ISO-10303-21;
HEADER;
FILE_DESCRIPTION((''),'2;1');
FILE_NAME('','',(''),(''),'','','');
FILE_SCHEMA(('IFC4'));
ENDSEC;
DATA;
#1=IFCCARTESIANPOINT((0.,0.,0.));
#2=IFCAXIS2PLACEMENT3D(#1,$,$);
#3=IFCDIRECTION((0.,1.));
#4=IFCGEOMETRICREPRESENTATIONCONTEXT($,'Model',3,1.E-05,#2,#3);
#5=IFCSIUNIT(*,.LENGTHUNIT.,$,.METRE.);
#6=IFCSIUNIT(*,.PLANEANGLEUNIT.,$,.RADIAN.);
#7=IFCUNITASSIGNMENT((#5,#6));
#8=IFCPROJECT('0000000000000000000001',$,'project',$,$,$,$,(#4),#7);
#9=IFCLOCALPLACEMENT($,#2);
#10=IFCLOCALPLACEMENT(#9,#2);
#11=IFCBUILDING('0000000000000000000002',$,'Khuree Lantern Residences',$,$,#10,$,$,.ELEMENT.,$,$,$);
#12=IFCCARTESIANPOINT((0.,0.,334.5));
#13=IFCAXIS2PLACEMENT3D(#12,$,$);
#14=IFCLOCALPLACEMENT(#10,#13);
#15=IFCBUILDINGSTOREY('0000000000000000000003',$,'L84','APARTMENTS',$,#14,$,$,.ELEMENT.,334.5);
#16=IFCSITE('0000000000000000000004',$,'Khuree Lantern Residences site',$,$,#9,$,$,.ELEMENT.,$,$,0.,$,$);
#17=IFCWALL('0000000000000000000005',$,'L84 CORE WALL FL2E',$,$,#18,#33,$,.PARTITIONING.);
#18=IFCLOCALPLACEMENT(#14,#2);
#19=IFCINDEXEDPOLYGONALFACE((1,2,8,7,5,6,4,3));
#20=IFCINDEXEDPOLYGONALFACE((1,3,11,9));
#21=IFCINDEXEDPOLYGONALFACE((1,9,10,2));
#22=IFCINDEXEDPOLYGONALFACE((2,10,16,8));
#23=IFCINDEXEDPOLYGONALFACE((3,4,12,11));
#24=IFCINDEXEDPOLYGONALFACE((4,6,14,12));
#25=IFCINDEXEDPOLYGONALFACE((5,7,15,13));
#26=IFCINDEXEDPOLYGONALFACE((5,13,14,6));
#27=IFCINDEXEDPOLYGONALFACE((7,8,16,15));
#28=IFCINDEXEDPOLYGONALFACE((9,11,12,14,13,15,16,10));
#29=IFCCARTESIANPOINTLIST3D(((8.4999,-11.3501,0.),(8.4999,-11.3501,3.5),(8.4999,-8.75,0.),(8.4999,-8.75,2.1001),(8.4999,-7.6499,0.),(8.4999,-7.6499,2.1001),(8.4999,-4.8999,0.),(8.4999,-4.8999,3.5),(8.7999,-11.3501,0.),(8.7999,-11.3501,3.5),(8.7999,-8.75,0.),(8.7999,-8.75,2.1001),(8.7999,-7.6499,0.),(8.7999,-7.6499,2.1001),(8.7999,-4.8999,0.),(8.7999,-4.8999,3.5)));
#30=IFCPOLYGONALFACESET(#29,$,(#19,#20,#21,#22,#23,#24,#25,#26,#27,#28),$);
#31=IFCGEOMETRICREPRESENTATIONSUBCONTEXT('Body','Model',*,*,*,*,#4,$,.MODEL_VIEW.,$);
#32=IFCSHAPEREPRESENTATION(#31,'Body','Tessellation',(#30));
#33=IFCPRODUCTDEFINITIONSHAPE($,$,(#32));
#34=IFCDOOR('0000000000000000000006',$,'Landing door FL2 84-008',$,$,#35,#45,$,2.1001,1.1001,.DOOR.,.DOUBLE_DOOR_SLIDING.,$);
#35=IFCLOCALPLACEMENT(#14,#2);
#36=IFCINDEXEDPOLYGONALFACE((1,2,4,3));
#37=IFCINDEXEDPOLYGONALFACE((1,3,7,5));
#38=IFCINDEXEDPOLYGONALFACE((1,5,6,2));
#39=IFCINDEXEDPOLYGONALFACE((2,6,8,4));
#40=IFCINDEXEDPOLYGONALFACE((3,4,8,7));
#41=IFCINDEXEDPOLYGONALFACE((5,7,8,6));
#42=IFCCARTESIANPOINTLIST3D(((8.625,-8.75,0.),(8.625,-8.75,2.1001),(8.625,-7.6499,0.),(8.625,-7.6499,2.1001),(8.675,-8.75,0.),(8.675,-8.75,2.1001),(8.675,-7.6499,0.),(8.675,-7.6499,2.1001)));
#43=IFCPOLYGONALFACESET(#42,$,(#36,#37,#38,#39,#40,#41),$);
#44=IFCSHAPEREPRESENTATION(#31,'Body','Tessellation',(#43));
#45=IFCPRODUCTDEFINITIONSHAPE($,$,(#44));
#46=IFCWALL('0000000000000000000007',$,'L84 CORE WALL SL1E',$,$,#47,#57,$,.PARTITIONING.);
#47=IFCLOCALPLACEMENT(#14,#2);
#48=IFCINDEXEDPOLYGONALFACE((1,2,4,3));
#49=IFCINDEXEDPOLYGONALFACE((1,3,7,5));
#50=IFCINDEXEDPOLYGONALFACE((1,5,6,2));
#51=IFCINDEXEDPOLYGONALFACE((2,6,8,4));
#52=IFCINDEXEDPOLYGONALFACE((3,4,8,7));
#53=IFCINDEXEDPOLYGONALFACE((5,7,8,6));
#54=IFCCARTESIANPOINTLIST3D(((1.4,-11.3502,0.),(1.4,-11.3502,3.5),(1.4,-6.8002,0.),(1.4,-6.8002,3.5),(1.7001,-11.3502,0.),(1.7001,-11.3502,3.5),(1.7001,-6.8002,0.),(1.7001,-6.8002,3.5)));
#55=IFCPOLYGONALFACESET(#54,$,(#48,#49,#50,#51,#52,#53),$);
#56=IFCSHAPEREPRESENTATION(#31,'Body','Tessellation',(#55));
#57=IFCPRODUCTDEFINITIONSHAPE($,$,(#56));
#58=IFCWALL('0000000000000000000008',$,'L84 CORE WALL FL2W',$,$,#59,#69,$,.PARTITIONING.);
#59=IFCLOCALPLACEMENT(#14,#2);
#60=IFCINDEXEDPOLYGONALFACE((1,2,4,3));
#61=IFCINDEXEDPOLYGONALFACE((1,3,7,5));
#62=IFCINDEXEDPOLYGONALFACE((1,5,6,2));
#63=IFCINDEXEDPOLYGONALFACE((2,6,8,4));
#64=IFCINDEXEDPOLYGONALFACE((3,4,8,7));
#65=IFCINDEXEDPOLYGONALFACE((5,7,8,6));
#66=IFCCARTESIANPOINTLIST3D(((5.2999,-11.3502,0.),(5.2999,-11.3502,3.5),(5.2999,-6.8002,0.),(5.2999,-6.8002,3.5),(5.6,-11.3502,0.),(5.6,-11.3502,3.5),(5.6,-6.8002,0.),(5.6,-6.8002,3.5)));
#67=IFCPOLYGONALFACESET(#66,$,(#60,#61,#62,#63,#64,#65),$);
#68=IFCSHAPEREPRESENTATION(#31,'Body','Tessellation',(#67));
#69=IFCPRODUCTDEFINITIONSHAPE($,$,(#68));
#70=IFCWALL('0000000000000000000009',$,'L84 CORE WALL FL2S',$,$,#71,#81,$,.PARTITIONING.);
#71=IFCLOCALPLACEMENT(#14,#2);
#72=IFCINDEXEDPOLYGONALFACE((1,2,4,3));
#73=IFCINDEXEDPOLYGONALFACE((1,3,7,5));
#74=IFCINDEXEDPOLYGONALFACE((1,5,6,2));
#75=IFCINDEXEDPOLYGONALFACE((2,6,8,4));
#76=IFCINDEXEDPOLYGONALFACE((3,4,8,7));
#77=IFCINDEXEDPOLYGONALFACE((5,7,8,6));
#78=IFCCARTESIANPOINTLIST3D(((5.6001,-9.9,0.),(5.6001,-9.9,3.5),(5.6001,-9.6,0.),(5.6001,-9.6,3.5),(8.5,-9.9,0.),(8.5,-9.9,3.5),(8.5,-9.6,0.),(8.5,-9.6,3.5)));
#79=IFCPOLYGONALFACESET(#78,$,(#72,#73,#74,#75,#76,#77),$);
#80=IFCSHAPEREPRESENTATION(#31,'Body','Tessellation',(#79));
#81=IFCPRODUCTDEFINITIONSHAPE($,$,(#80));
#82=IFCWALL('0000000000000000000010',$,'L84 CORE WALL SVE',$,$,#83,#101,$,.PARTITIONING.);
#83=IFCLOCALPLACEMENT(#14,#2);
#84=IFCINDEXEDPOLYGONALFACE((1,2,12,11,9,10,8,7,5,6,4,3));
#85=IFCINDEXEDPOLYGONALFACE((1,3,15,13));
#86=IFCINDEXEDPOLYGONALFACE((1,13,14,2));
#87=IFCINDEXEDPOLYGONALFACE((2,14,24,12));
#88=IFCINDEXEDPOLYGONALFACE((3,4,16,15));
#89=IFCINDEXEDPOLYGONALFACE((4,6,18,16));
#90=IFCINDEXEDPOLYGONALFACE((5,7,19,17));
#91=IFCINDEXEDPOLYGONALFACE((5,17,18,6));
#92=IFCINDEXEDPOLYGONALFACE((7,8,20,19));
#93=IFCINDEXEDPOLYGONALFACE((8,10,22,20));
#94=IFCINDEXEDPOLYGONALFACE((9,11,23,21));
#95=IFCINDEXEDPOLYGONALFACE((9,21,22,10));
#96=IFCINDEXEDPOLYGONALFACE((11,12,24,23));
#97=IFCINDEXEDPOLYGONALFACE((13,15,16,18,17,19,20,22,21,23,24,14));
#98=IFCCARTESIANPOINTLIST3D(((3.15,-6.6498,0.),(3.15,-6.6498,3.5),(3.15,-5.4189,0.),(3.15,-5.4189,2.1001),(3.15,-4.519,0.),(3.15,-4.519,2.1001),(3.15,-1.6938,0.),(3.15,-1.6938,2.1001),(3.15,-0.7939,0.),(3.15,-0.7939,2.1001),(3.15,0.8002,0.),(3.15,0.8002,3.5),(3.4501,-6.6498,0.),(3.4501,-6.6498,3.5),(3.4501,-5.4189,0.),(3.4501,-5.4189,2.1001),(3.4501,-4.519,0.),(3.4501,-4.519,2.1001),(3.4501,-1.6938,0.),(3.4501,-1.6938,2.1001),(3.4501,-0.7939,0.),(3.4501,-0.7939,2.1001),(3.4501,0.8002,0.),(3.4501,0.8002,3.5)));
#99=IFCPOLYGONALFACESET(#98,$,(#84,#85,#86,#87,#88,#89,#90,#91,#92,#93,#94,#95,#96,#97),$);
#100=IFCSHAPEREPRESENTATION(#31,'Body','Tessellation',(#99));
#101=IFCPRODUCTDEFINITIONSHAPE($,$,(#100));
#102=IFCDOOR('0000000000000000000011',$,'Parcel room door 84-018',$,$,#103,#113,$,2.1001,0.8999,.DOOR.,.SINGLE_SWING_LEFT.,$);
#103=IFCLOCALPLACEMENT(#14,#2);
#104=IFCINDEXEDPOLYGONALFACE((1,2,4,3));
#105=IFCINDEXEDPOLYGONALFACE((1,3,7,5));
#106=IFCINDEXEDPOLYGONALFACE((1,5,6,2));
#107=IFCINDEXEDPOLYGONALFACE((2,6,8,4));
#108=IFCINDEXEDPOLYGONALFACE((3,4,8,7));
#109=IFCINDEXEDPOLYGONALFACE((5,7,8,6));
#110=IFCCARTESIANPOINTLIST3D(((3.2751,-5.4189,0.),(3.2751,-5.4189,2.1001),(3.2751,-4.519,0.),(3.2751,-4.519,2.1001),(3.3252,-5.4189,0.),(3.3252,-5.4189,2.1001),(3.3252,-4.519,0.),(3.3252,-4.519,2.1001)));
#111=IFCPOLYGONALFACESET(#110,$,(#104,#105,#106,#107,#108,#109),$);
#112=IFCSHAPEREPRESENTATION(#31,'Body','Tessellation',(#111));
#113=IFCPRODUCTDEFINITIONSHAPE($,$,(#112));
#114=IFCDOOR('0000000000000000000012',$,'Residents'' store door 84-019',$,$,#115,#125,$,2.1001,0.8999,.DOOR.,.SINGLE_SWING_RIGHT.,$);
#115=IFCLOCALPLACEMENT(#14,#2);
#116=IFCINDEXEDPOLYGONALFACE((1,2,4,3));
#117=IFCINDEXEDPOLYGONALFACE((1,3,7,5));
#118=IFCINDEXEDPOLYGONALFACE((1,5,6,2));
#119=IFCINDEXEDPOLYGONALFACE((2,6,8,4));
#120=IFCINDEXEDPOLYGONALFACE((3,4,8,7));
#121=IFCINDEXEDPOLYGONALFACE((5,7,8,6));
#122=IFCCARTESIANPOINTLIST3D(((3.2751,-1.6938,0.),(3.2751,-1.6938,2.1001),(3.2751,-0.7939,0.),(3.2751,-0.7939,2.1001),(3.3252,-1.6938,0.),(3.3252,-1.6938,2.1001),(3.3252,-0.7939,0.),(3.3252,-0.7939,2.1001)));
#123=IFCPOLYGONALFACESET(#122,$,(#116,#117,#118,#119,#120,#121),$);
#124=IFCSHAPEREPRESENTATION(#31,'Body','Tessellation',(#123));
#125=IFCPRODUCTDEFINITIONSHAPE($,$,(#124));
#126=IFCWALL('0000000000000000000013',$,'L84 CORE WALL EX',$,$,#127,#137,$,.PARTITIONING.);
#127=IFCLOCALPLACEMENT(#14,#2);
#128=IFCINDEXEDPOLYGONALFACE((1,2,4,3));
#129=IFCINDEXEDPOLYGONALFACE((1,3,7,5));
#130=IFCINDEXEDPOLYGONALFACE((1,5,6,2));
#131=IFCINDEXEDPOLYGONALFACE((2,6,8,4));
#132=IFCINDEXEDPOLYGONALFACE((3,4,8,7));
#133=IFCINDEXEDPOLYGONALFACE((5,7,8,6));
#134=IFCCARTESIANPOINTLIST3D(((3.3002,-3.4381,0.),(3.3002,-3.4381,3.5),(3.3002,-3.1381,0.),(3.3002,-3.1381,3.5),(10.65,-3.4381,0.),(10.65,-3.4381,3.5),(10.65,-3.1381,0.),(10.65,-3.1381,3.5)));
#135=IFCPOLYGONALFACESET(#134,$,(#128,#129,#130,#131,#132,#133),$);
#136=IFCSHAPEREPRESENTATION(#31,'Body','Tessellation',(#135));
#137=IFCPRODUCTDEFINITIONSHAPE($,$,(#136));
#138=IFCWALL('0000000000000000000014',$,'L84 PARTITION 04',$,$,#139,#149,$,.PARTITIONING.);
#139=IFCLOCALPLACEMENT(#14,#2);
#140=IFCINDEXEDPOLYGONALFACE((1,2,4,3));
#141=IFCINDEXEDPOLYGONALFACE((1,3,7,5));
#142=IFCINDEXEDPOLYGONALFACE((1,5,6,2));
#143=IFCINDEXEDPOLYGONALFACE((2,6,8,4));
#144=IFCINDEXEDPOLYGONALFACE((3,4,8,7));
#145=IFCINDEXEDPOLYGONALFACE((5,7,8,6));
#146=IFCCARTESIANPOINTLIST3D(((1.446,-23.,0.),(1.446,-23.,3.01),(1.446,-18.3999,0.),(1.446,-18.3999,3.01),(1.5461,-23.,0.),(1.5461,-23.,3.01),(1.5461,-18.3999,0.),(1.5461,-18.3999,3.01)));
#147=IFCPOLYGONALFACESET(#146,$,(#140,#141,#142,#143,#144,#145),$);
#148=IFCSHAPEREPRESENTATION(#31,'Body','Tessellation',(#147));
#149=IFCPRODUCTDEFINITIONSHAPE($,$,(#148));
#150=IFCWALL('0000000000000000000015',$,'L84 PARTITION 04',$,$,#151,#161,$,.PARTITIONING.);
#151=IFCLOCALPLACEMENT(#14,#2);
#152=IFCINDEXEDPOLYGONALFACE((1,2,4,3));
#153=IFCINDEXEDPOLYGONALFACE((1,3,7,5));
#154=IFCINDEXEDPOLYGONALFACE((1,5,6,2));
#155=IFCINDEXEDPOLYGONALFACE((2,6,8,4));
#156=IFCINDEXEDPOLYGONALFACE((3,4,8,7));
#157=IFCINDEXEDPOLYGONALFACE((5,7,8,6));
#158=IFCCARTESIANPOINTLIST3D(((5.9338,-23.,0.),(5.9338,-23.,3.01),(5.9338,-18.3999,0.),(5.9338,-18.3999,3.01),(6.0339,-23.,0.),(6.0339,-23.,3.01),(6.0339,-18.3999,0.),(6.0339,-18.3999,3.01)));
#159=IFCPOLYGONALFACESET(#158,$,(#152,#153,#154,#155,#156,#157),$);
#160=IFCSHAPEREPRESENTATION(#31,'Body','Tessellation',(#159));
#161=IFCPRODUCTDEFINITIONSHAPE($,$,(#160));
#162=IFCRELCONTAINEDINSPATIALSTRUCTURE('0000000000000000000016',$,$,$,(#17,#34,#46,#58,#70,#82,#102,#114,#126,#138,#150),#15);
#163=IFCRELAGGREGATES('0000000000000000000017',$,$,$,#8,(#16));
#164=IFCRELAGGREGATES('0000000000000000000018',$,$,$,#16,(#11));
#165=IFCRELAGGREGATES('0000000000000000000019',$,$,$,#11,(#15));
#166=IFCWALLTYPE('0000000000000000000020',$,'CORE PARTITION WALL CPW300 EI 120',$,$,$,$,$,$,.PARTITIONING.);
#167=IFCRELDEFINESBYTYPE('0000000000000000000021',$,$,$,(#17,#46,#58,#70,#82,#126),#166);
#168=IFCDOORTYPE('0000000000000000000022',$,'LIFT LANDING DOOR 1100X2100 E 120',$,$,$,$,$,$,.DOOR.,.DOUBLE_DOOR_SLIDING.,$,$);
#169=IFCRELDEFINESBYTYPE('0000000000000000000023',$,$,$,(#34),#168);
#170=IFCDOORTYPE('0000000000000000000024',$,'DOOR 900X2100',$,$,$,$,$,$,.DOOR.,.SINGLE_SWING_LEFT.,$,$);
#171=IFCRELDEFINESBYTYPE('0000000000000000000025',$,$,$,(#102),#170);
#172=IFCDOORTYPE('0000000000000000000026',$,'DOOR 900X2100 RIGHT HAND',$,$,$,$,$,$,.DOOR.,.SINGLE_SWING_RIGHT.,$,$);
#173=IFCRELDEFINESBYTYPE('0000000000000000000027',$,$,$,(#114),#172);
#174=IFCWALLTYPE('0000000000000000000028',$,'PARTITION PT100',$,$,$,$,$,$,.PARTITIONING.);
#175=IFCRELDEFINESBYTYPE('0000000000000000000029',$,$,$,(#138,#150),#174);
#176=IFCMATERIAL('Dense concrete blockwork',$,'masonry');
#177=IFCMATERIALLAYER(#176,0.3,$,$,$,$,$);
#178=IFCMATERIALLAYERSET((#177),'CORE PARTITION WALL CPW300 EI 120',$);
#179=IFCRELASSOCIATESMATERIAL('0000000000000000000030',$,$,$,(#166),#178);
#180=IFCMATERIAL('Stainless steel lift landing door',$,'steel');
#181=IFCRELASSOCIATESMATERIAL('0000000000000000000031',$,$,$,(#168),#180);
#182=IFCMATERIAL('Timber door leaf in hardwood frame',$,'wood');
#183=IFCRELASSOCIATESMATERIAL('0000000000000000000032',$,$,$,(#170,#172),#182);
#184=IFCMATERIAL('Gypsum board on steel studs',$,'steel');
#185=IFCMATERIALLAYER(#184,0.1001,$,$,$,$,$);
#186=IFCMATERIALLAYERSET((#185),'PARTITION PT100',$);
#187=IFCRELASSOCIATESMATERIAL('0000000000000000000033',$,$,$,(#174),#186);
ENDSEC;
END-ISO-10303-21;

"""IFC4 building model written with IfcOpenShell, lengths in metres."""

from ifc_helpers import new_model, si_unit, direction, frame, frame_2d, origin, place, context, subcontext, project, spatial, rectangle, extrude, material, layer, layer_set, type_object, element, fill, save


model = new_model("IFC4")

# Units and contexts
model_context = context("Model", 3, precision=1e-05, world=origin(), true_north=direction((0.0, 1.0)))
body_context = subcontext(model_context, "Body", "Model", "MODEL_VIEW")
ifc_project = project(units=[si_unit("LENGTHUNIT", "METRE"), si_unit("PLANEANGLEUNIT", "RADIAN")], contexts=[model_context])

# Site, building, storey
site_placement = place(None, origin())
site = spatial("IfcSite", under=ifc_project, at=site_placement, Name="Khuree Lantern Residences site", CompositionType="ELEMENT", RefElevation=0.0)
building_placement = place(site_placement, origin())
building = spatial("IfcBuilding", under=site, at=building_placement, Name="Khuree Lantern Residences", CompositionType="ELEMENT")
storey_placement = place(building_placement, frame((0.0, 0.0, 334.5)))
storey = spatial("IfcBuildingStorey", under=building, at=storey_placement, Name="L84", Description="APARTMENTS", CompositionType="ELEMENT", Elevation=334.5)

# Wall, opening, door
ifc_material_1 = material(Name="Dense concrete blockwork", Category="masonry")
ifc_layer_1 = layer(ifc_material_1, 0.3)
ifc_layer_set_1 = layer_set([ifc_layer_1], Name="CORE PARTITION WALL CPW300 EI 120")
wall_type_1 = type_object("IfcWallType", Name="CORE PARTITION WALL CPW300 EI 120", PredefinedType="PARTITIONING", material=ifc_layer_set_1)
wall_1_placement = place(storey_placement, frame((8.6499, -11.3501, 0.0), z_axis=(0.0, 0.0, 1.0), x_axis=(0.0, 1.0, 0.0)))
wall_1 = element("IfcWall", 1, at=wall_1_placement, inside=storey, type_object=wall_type_1, Name="L84 CORE WALL FL2E", PredefinedType="PARTITIONING", context=body_context, shape_type="SweptSolid", body=[
    extrude(rectangle(XDim=6.4502, YDim=0.3, at=frame_2d((3.2251, 0.0))), origin(), (0.0, 0.0, 1.0), 3.5),
])
opening_1_placement = place(wall_1_placement, frame((2.6001, 0.0, 0.0)))
opening_1 = element("IfcOpeningElement", 2, at=opening_1_placement, cuts=wall_1, PredefinedType="OPENING", context=body_context, shape_type="SweptSolid", body=[
    extrude(rectangle(XDim=1.1001, YDim=2.1001, at=frame_2d((0.55, 1.05))), frame((0.0, 0.1602, 0.0), z_axis=(0.0, -1.0, 0.0), x_axis=(1.0, 0.0, 0.0)), (0.0, 0.0, 1.0), 0.3201),
])
ifc_material_2 = material(Name="Stainless steel lift landing door", Category="steel")
door_type_1 = type_object("IfcDoorType", Name="LIFT LANDING DOOR 1100X2100 E 120", OperationType="DOUBLE_DOOR_SLIDING", PredefinedType="DOOR", material=ifc_material_2)
door_1_placement = place(opening_1_placement, origin())
door_1 = element("IfcDoor", 3, at=door_1_placement, inside=storey, type_object=door_type_1, Name="Landing door FL2 84-008", OperationType="DOUBLE_DOOR_SLIDING", OverallHeight=2.1001, OverallWidth=1.1001, PredefinedType="DOOR", context=body_context, shape_type="SweptSolid", body=[
    extrude(rectangle(XDim=1.1001, YDim=2.1001, at=frame_2d((0.55, 1.05))), frame((0.0, 0.0249, 0.0), z_axis=(0.0, -1.0, 0.0), x_axis=(1.0, 0.0, 0.0)), (0.0, 0.0, 1.0), 0.05),
])
fill(opening_1, door_1)

# Walls
for number, where, z_axis, x_axis, name in (
    (4, (1.55, -11.3501, 0.0), (0.0, 0.0, 1.0), (0.0, 1.0, 0.0), "L84 CORE WALL SL1E"),
    (5, (5.45, -11.3501, 0.0), (0.0, 0.0, 1.0), (0.0, 1.0, 0.0), "L84 CORE WALL FL2W"),
):
    element("IfcWall", number, at=place(storey_placement, frame(where, z_axis=z_axis, x_axis=x_axis)), inside=storey, type_object=wall_type_1, Name=name, PredefinedType="PARTITIONING", context=body_context, shape_type="SweptSolid", body=[
        extrude(rectangle(XDim=4.55, YDim=0.3, at=frame_2d((2.2749, 0.0))), origin(), (0.0, 0.0, 1.0), 3.5),
    ])
wall_2_placement = place(storey_placement, frame((5.6001, -9.75, 0.0), z_axis=(0.0, 0.0, 1.0), x_axis=(1.0, 0.0, 0.0)))
element("IfcWall", 6, at=wall_2_placement, inside=storey, type_object=wall_type_1, Name="L84 CORE WALL FL2S", PredefinedType="PARTITIONING", context=body_context, shape_type="SweptSolid", body=[
    extrude(rectangle(XDim=2.8999, YDim=0.3, at=frame_2d((1.45, 0.0))), origin(), (0.0, 0.0, 1.0), 3.5),
])

# Wall, openings, doors
wall_3_placement = place(storey_placement, frame((3.3, -6.6499, 0.0), z_axis=(0.0, 0.0, 1.0), x_axis=(0.0, 1.0, 0.0)))
wall_3 = element("IfcWall", 7, at=wall_3_placement, inside=storey, type_object=wall_type_1, Name="L84 CORE WALL SVE", PredefinedType="PARTITIONING", context=body_context, shape_type="SweptSolid", body=[
    extrude(rectangle(XDim=7.45, YDim=0.3, at=frame_2d((3.7251, 0.0))), origin(), (0.0, 0.0, 1.0), 3.5),
])
opening_2_placement = place(wall_3_placement, frame((1.231, 0.0, 0.0)))
opening_2 = element("IfcOpeningElement", 8, at=opening_2_placement, cuts=wall_3, PredefinedType="OPENING", context=body_context, shape_type="SweptSolid", body=[
    extrude(rectangle(XDim=0.8999, YDim=2.1001, at=frame_2d((0.45, 1.05))), frame((0.0, 0.1602, 0.0), z_axis=(0.0, -1.0, 0.0), x_axis=(1.0, 0.0, 0.0)), (0.0, 0.0, 1.0), 0.3201),
])
opening_3_placement = place(wall_3_placement, frame((4.9561, 0.0, 0.0)))
opening_3 = element("IfcOpeningElement", 9, at=opening_3_placement, cuts=wall_3, PredefinedType="OPENING", context=body_context, shape_type="SweptSolid", body=[
    extrude(rectangle(XDim=0.8999, YDim=2.1001, at=frame_2d((0.45, 1.05))), frame((0.0, 0.1602, 0.0), z_axis=(0.0, -1.0, 0.0), x_axis=(1.0, 0.0, 0.0)), (0.0, 0.0, 1.0), 0.3201),
])
ifc_material_3 = material(Name="Timber door leaf in hardwood frame", Category="wood")
door_type_2 = type_object("IfcDoorType", Name="DOOR 900X2100", OperationType="SINGLE_SWING_LEFT", PredefinedType="DOOR", material=ifc_material_3)
door_2_placement = place(opening_2_placement, origin())
door_2 = element("IfcDoor", 10, at=door_2_placement, inside=storey, type_object=door_type_2, Name="Parcel room door 84-018", OperationType="SINGLE_SWING_LEFT", OverallHeight=2.1001, OverallWidth=0.8999, PredefinedType="DOOR", context=body_context, shape_type="SweptSolid", body=[
    extrude(rectangle(XDim=0.8999, YDim=2.1001, at=frame_2d((0.45, 1.05))), frame((0.0, 0.0249, 0.0), z_axis=(0.0, -1.0, 0.0), x_axis=(1.0, 0.0, 0.0)), (0.0, 0.0, 1.0), 0.05),
])
fill(opening_2, door_2)
door_type_3 = type_object("IfcDoorType", Name="DOOR 900X2100 RIGHT HAND", OperationType="SINGLE_SWING_RIGHT", PredefinedType="DOOR", material=ifc_material_3)
door_3_placement = place(opening_3_placement, origin())
door_3 = element("IfcDoor", 11, at=door_3_placement, inside=storey, type_object=door_type_3, Name="Residents' store door 84-019", OperationType="SINGLE_SWING_RIGHT", OverallHeight=2.1001, OverallWidth=0.8999, PredefinedType="DOOR", context=body_context, shape_type="SweptSolid", body=[
    extrude(rectangle(XDim=0.8999, YDim=2.1001, at=frame_2d((0.45, 1.05))), frame((0.0, 0.0249, 0.0), z_axis=(0.0, -1.0, 0.0), x_axis=(1.0, 0.0, 0.0)), (0.0, 0.0, 1.0), 0.05),
])
fill(opening_3, door_3)

# Walls
wall_4_placement = place(storey_placement, frame((10.6499, -3.2881, 0.0), z_axis=(0.0, 0.0, 1.0), x_axis=(-1.0, 0.0, 0.0)))
element("IfcWall", 12, at=wall_4_placement, inside=storey, type_object=wall_type_1, Name="L84 CORE WALL EX", PredefinedType="PARTITIONING", context=body_context, shape_type="SweptSolid", body=[
    extrude(rectangle(XDim=7.3499, YDim=0.3, at=frame_2d((3.6748, 0.0))), origin(), (0.0, 0.0, 1.0), 3.5),
])
ifc_material_4 = material(Name="Gypsum board on steel studs", Category="steel")
ifc_layer_2 = layer(ifc_material_4, 0.1001)
ifc_layer_set_2 = layer_set([ifc_layer_2], Name="PARTITION PT100")
wall_type_2 = type_object("IfcWallType", Name="PARTITION PT100", PredefinedType="PARTITIONING", material=ifc_layer_set_2)
for number, where, z_axis, x_axis, name in (
    (13, (1.4961, -18.3999, 0.0), (0.0, 0.0, 1.0), (0.0, -1.0, 0.0), "L84 PARTITION 04"),
    (14, (5.9839, -18.3999, 0.0), (0.0, 0.0, 1.0), (0.0, -1.0, 0.0), "L84 PARTITION 04"),
):
    element("IfcWall", number, at=place(storey_placement, frame(where, z_axis=z_axis, x_axis=x_axis)), inside=storey, type_object=wall_type_2, Name=name, PredefinedType="PARTITIONING", context=body_context, shape_type="SweptSolid", body=[
        extrude(rectangle(XDim=4.6001, YDim=0.1001, at=frame_2d((2.3, 0.0))), origin(), (0.0, 0.0, 1.0), 3.01),
    ])

save(model, "model.ifc")
